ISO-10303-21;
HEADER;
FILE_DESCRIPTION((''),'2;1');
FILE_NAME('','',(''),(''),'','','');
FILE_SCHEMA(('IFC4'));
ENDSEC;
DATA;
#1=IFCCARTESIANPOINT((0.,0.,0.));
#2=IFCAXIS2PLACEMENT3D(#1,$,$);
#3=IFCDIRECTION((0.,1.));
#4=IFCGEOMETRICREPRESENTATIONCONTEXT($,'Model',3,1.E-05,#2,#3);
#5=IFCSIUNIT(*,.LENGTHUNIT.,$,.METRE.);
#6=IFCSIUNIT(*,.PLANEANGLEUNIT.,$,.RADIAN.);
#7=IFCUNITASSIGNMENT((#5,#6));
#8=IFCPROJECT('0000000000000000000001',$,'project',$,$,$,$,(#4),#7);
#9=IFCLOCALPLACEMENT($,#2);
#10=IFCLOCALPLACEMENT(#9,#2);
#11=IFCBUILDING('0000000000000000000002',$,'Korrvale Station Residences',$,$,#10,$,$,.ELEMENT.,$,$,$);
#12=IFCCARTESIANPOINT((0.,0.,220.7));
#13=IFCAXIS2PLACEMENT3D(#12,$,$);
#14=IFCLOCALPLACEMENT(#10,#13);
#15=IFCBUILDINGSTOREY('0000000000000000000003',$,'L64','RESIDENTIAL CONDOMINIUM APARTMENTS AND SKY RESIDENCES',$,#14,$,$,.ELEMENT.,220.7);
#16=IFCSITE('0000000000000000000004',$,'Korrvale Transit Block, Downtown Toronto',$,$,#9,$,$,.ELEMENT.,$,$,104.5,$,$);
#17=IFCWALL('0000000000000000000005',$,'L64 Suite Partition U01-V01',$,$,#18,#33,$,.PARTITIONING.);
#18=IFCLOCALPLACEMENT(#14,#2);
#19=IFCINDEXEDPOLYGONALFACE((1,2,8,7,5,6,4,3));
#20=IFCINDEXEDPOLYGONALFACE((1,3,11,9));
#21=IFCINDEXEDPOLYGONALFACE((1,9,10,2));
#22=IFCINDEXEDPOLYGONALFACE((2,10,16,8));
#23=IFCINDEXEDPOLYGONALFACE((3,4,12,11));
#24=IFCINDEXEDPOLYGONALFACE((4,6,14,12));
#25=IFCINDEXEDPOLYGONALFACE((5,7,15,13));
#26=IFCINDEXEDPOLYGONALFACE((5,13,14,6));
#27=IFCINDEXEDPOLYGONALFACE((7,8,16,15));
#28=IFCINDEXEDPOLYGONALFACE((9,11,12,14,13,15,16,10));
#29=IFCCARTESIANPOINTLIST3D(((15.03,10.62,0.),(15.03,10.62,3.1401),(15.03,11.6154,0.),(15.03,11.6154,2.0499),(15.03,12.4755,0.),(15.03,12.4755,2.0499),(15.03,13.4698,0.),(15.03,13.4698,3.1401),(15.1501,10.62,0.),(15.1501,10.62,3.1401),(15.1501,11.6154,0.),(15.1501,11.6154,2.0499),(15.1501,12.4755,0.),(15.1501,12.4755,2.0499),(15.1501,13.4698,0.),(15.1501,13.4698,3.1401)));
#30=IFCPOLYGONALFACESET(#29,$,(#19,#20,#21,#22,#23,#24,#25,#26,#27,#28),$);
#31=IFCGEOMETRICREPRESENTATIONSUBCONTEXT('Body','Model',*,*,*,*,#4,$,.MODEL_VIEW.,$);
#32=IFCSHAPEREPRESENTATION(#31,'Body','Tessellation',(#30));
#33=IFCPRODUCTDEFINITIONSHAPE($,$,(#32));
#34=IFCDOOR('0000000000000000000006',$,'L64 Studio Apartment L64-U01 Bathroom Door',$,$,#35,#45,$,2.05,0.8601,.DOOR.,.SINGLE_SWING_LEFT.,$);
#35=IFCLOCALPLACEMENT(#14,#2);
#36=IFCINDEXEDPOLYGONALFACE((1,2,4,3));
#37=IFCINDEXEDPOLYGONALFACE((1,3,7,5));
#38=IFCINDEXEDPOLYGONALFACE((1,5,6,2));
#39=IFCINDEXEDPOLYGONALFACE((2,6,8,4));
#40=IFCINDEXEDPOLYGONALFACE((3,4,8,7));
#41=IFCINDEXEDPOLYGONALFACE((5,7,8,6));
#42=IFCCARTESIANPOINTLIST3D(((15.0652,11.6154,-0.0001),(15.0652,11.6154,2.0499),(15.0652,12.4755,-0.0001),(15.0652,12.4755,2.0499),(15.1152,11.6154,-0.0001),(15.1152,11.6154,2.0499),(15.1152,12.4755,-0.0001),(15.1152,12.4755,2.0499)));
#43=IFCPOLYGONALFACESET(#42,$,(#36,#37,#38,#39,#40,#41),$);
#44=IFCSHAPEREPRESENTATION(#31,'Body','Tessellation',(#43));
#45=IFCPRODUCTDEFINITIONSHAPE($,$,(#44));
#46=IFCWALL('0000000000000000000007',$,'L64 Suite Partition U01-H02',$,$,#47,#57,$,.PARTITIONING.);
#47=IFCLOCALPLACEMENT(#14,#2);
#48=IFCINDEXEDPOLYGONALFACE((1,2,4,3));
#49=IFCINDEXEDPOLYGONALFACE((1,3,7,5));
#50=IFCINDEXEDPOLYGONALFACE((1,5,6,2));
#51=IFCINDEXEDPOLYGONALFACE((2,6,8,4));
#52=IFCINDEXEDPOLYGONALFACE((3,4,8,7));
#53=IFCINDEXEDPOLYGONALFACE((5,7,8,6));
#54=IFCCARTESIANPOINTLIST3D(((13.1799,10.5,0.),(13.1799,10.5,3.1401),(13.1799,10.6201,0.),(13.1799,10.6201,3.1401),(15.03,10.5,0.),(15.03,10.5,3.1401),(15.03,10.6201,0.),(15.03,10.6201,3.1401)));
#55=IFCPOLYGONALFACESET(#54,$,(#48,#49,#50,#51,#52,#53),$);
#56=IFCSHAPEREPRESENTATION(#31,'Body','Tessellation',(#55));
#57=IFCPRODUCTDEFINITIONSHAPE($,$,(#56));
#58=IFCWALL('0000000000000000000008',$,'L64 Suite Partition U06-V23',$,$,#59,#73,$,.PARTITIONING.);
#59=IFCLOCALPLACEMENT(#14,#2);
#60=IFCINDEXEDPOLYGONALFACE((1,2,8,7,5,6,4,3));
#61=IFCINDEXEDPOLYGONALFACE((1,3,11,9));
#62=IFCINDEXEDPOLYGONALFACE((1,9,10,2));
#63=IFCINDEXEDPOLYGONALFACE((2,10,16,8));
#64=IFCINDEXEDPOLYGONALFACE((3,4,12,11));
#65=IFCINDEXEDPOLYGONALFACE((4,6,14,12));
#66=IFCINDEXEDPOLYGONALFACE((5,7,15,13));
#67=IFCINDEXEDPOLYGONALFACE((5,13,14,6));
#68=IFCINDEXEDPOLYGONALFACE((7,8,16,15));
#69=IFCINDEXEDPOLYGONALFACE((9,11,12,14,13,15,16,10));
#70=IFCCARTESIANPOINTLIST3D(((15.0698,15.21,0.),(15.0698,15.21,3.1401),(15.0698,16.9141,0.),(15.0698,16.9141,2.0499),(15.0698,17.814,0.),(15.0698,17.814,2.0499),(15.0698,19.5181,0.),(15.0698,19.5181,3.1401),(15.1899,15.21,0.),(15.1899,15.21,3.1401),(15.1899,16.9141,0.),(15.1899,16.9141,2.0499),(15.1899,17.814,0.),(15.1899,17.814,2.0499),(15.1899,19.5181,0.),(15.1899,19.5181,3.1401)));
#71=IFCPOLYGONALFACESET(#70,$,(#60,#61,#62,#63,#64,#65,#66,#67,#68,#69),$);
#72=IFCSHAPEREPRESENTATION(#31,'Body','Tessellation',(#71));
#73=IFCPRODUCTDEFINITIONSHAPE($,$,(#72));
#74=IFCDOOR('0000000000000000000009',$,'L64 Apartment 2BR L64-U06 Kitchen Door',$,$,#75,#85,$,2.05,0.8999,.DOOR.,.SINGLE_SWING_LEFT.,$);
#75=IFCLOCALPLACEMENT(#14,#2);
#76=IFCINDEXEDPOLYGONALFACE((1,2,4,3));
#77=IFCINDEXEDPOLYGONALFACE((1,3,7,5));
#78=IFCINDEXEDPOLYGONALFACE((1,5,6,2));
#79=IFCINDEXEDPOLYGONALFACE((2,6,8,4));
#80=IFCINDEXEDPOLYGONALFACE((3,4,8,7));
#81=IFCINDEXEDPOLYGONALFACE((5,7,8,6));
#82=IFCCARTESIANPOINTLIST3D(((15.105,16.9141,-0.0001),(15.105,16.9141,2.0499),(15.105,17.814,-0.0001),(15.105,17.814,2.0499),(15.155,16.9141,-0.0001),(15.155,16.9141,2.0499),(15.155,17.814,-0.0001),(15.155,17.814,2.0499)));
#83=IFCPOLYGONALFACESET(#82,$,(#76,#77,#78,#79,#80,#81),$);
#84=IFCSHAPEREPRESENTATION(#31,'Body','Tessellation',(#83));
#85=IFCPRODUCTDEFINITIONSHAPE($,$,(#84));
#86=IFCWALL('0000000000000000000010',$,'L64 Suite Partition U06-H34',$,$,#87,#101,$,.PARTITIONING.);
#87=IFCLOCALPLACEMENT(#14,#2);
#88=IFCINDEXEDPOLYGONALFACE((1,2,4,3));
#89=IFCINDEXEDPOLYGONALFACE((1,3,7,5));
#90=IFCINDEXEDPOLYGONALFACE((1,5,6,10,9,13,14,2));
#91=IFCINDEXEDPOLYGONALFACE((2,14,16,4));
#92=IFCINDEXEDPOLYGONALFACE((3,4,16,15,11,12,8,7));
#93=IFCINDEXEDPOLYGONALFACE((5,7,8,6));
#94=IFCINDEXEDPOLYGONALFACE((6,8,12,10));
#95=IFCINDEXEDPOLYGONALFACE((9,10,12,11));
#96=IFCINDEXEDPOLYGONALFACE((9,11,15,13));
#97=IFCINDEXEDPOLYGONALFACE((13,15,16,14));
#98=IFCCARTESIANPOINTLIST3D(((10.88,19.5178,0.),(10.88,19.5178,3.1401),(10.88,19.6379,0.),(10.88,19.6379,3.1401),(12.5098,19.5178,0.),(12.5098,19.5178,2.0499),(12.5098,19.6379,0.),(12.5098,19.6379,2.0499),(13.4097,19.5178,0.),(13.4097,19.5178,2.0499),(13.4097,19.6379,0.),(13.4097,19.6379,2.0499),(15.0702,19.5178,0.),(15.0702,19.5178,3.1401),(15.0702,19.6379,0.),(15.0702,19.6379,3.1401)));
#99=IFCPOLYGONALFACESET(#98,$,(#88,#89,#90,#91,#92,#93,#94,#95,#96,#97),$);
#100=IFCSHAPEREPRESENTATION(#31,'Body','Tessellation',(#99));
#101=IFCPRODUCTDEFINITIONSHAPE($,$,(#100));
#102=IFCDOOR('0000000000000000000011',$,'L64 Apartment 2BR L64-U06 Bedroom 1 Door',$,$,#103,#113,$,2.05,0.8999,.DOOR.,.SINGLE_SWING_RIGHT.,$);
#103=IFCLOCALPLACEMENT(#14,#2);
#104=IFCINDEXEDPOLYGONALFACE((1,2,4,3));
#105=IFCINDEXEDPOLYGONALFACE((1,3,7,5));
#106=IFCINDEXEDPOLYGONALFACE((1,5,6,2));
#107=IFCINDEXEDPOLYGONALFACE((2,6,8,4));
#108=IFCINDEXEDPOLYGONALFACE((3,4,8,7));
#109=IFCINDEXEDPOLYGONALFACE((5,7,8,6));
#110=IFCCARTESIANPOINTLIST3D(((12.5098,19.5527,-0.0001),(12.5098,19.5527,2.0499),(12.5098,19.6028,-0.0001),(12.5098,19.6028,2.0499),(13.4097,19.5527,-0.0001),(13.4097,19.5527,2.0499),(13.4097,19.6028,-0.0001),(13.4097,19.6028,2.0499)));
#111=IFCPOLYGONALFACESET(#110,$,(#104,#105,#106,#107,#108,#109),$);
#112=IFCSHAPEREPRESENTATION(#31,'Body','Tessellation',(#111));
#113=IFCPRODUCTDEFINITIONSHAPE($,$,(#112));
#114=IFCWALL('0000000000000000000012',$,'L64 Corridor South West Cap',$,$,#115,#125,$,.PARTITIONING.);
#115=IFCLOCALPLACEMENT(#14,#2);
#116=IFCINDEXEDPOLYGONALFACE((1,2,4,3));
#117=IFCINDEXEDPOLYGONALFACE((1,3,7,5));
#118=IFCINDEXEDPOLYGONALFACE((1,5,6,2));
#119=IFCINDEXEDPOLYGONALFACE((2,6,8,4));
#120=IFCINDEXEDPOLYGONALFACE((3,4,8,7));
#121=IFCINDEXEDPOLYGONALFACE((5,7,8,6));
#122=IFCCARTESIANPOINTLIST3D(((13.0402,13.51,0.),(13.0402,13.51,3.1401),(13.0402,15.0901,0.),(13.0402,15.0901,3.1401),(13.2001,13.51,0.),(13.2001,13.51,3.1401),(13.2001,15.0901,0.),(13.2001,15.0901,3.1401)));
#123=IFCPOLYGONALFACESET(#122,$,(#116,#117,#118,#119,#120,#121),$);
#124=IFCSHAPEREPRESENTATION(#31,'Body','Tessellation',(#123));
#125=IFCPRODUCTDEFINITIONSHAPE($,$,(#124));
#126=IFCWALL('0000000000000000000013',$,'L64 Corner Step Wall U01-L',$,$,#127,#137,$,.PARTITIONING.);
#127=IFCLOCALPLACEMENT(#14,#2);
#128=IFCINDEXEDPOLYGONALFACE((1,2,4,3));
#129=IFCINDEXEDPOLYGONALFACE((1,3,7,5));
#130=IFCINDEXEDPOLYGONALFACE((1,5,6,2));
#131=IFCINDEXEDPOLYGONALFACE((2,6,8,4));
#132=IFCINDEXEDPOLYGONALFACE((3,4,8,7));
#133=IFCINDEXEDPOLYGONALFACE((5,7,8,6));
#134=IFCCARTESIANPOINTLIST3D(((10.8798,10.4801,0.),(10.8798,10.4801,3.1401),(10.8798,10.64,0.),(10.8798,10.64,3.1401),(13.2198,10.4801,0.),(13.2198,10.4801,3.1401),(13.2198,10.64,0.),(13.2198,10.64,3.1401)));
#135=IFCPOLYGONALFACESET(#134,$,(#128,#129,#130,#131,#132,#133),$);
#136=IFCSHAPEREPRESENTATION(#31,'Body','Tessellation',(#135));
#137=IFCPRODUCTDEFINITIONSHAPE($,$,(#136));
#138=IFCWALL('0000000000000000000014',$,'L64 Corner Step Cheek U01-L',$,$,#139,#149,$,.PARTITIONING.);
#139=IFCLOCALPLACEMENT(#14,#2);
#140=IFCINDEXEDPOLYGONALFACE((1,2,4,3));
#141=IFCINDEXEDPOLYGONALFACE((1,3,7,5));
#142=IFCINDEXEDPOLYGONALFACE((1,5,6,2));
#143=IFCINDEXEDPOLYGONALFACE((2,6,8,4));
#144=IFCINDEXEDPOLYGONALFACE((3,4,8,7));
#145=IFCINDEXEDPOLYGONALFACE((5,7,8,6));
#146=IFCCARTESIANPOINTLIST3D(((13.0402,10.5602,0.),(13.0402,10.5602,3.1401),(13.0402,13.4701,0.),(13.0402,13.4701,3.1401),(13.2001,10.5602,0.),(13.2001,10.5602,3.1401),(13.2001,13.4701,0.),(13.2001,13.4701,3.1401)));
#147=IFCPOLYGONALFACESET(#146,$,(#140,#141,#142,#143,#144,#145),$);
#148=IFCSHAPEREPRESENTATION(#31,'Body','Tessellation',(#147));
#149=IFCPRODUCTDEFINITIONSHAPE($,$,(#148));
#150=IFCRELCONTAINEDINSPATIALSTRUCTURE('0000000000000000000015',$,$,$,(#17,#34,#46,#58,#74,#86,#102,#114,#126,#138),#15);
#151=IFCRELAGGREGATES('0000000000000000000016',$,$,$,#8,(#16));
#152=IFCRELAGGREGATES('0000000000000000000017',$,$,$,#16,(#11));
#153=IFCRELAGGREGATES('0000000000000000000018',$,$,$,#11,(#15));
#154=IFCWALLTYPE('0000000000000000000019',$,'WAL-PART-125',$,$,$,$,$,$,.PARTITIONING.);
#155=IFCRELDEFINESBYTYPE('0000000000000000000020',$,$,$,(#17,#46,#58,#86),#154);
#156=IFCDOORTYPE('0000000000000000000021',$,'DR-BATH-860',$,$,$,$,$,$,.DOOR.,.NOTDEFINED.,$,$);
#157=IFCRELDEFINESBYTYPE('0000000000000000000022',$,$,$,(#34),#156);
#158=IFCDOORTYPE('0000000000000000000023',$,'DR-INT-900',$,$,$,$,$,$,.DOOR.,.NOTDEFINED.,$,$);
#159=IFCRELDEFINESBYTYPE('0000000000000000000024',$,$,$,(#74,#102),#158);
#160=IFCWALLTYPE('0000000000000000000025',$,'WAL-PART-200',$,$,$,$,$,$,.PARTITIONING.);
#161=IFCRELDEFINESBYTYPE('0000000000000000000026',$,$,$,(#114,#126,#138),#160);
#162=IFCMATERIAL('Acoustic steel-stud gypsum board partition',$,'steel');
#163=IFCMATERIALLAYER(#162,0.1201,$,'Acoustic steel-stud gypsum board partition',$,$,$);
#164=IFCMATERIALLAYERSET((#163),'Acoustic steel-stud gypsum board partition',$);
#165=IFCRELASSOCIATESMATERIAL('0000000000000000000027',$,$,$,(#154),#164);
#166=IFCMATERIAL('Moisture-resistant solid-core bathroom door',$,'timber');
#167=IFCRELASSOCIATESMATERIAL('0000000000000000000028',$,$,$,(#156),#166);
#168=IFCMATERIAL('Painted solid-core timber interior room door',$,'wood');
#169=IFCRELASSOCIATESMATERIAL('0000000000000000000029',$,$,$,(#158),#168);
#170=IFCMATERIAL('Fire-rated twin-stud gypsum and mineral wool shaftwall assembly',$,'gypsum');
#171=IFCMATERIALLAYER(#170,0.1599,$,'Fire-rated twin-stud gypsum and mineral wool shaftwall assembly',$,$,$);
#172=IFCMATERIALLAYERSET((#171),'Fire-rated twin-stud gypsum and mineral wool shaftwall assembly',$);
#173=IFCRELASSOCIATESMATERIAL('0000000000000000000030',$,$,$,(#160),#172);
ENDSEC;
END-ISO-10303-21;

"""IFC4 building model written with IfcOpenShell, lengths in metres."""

from ifc_helpers import new_model, si_unit, direction, frame, frame_2d, origin, place, context, subcontext, project, spatial, rectangle, extrude, material, layer, layer_set, type_object, element, fill, save


model = new_model("IFC4")

# Units and contexts
model_context = context("Model", 3, precision=1e-05, world=origin(), true_north=direction((0.0, 1.0)))
body_context = subcontext(model_context, "Body", "Model", "MODEL_VIEW")
ifc_project = project(units=[si_unit("LENGTHUNIT", "METRE"), si_unit("PLANEANGLEUNIT", "RADIAN")], contexts=[model_context])

# Site, building, storey
site_placement = place(None, origin())
site = spatial("IfcSite", under=ifc_project, at=site_placement, Name="Korrvale Transit Block, Downtown Toronto", CompositionType="ELEMENT", RefElevation=104.5)
building_placement = place(site_placement, origin())
building = spatial("IfcBuilding", under=site, at=building_placement, Name="Korrvale Station Residences", CompositionType="ELEMENT")
storey_placement = place(building_placement, frame((0.0, 0.0, 220.7)))
storey = spatial("IfcBuildingStorey", under=building, at=storey_placement, Name="L64", Description="RESIDENTIAL CONDOMINIUM APARTMENTS AND SKY RESIDENCES", CompositionType="ELEMENT", Elevation=220.7)

# Wall, opening, door
ifc_material_1 = material(Name="Acoustic steel-stud gypsum board partition", Category="steel")
ifc_layer_1 = layer(ifc_material_1, 0.1201, Name="Acoustic steel-stud gypsum board partition")
ifc_layer_set_1 = layer_set([ifc_layer_1], Name="Acoustic steel-stud gypsum board partition")
wall_type_1 = type_object("IfcWallType", Name="WAL-PART-125", PredefinedType="PARTITIONING", material=ifc_layer_set_1)
wall_1_placement = place(storey_placement, frame((15.0901, 10.6201, 0.0), z_axis=(0.0, 0.0, 1.0), x_axis=(0.0, 1.0, 0.0)))
wall_1 = element("IfcWall", 1, at=wall_1_placement, inside=storey, type_object=wall_type_1, Name="L64 Suite Partition U01-V01", PredefinedType="PARTITIONING", context=body_context, shape_type="SweptSolid", body=[
    extrude(rectangle(XDim=2.8499, YDim=0.1201, at=frame_2d((1.4248, 0.0))), origin(), (0.0, 0.0, 1.0), 3.1401),
])
opening_1_placement = place(wall_1_placement, frame((0.9951, 0.0, 0.0)))
opening_1 = element("IfcOpeningElement", 2, at=opening_1_placement, cuts=wall_1, PredefinedType="OPENING", context=body_context, shape_type="SweptSolid", body=[
    extrude(rectangle(XDim=0.8601, YDim=2.05, at=frame_2d((0.4302, 1.0249))), frame((0.0, 0.0701, 0.0), z_axis=(0.0, -1.0, 0.0), x_axis=(1.0, 0.0, 0.0)), (0.0, 0.0, 1.0), 0.1401),
])
ifc_material_2 = material(Name="Moisture-resistant solid-core bathroom door", Category="timber")
door_type_1 = type_object("IfcDoorType", Name="DR-BATH-860", OperationType="NOTDEFINED", PredefinedType="DOOR", material=ifc_material_2)
door_1_placement = place(opening_1_placement, origin())
door_1 = element("IfcDoor", 3, at=door_1_placement, inside=storey, type_object=door_type_1, Name="L64 Studio Apartment L64-U01 Bathroom Door", OperationType="SINGLE_SWING_LEFT", OverallHeight=2.05, OverallWidth=0.8601, PredefinedType="DOOR", context=body_context, shape_type="SweptSolid", body=[
    extrude(rectangle(XDim=0.8601, YDim=2.05, at=frame_2d((0.4302, 1.0249))), frame((0.0, 0.0249, 0.0), z_axis=(0.0, -1.0, 0.0), x_axis=(1.0, 0.0, 0.0)), (0.0, 0.0, 1.0), 0.05),
])
fill(opening_1, door_1)

# Wall
wall_2_placement = place(storey_placement, frame((13.1799, 10.5601, 0.0), z_axis=(0.0, 0.0, 1.0), x_axis=(1.0, 0.0, 0.0)))
element("IfcWall", 4, at=wall_2_placement, inside=storey, type_object=wall_type_1, Name="L64 Suite Partition U01-H02", PredefinedType="PARTITIONING", context=body_context, shape_type="SweptSolid", body=[
    extrude(rectangle(XDim=1.8501, YDim=0.1201, at=frame_2d((0.925, 0.0))), origin(), (0.0, 0.0, 1.0), 3.1401),
])

# Walls, openings, doors
wall_3_placement = place(storey_placement, frame((15.1299, 15.21, 0.0), z_axis=(0.0, 0.0, 1.0), x_axis=(0.0, 1.0, 0.0)))
wall_3 = element("IfcWall", 5, at=wall_3_placement, inside=storey, type_object=wall_type_1, Name="L64 Suite Partition U06-V23", PredefinedType="PARTITIONING", context=body_context, shape_type="SweptSolid", body=[
    extrude(rectangle(XDim=4.3081, YDim=0.1201, at=frame_2d((2.1541, 0.0))), origin(), (0.0, 0.0, 1.0), 3.1401),
])
opening_2_placement = place(wall_3_placement, frame((1.7041, 0.0, 0.0)))
opening_2 = element("IfcOpeningElement", 6, at=opening_2_placement, cuts=wall_3, PredefinedType="OPENING", context=body_context, shape_type="SweptSolid", body=[
    extrude(rectangle(XDim=0.8999, YDim=2.05, at=frame_2d((0.45, 1.0249))), frame((0.0, 0.0701, 0.0), z_axis=(0.0, -1.0, 0.0), x_axis=(1.0, 0.0, 0.0)), (0.0, 0.0, 1.0), 0.1401),
])
ifc_material_3 = material(Name="Painted solid-core timber interior room door", Category="wood")
door_type_2 = type_object("IfcDoorType", Name="DR-INT-900", OperationType="NOTDEFINED", PredefinedType="DOOR", material=ifc_material_3)
door_2_placement = place(opening_2_placement, origin())
door_2 = element("IfcDoor", 7, at=door_2_placement, inside=storey, type_object=door_type_2, Name="L64 Apartment 2BR L64-U06 Kitchen Door", OperationType="SINGLE_SWING_LEFT", OverallHeight=2.05, OverallWidth=0.8999, PredefinedType="DOOR", context=body_context, shape_type="SweptSolid", body=[
    extrude(rectangle(XDim=0.8999, YDim=2.05, at=frame_2d((0.45, 1.0249))), frame((0.0, 0.0249, 0.0), z_axis=(0.0, -1.0, 0.0), x_axis=(1.0, 0.0, 0.0)), (0.0, 0.0, 1.0), 0.05),
])
fill(opening_2, door_2)
wall_4_placement = place(storey_placement, frame((10.8799, 19.5779, 0.0), z_axis=(0.0, 0.0, 1.0), x_axis=(1.0, 0.0, 0.0)))
wall_4 = element("IfcWall", 8, at=wall_4_placement, inside=storey, type_object=wall_type_1, Name="L64 Suite Partition U06-H34", PredefinedType="PARTITIONING", context=body_context, shape_type="SweptSolid", body=[
    extrude(rectangle(XDim=4.1902, YDim=0.1201, at=frame_2d((2.0952, 0.0))), origin(), (0.0, 0.0, 1.0), 3.1401),
])
opening_3_placement = place(wall_4_placement, frame((1.6299, 0.0, 0.0)))
opening_3 = element("IfcOpeningElement", 9, at=opening_3_placement, cuts=wall_4, PredefinedType="OPENING", context=body_context, shape_type="SweptSolid", body=[
    extrude(rectangle(XDim=0.8999, YDim=2.05, at=frame_2d((0.45, 1.0249))), frame((0.0, 0.0701, 0.0), z_axis=(0.0, -1.0, 0.0), x_axis=(1.0, 0.0, 0.0)), (0.0, 0.0, 1.0), 0.1401),
])
door_3_placement = place(opening_3_placement, origin())
door_3 = element("IfcDoor", 10, at=door_3_placement, inside=storey, type_object=door_type_2, Name="L64 Apartment 2BR L64-U06 Bedroom 1 Door", OperationType="SINGLE_SWING_RIGHT", OverallHeight=2.05, OverallWidth=0.8999, PredefinedType="DOOR", context=body_context, shape_type="SweptSolid", body=[
    extrude(rectangle(XDim=0.8999, YDim=2.05, at=frame_2d((0.45, 1.0249))), frame((0.0, 0.0249, 0.0), z_axis=(0.0, -1.0, 0.0), x_axis=(1.0, 0.0, 0.0)), (0.0, 0.0, 1.0), 0.05),
])
fill(opening_3, door_3)

# Walls
ifc_material_4 = material(Name="Fire-rated twin-stud gypsum and mineral wool shaftwall assembly", Category="gypsum")
ifc_layer_2 = layer(ifc_material_4, 0.1599, Name="Fire-rated twin-stud gypsum and mineral wool shaftwall assembly")
ifc_layer_set_2 = layer_set([ifc_layer_2], Name="Fire-rated twin-stud gypsum and mineral wool shaftwall assembly")
wall_type_2 = type_object("IfcWallType", Name="WAL-PART-200", PredefinedType="PARTITIONING", material=ifc_layer_set_2)
wall_5_placement = place(storey_placement, frame((13.1201, 13.51, 0.0), z_axis=(0.0, 0.0, 1.0), x_axis=(0.0, 1.0, 0.0)))
element("IfcWall", 11, at=wall_5_placement, inside=storey, type_object=wall_type_2, Name="L64 Corridor South West Cap", PredefinedType="PARTITIONING", context=body_context, shape_type="SweptSolid", body=[
    extrude(rectangle(XDim=1.5801, YDim=0.1599, at=frame_2d((0.79, 0.0))), origin(), (0.0, 0.0, 1.0), 3.1401),
])
wall_6_placement = place(storey_placement, frame((10.8799, 10.5601, 0.0), z_axis=(0.0, 0.0, 1.0), x_axis=(1.0, 0.0, 0.0)))
element("IfcWall", 12, at=wall_6_placement, inside=storey, type_object=wall_type_2, Name="L64 Corner Step Wall U01-L", PredefinedType="PARTITIONING", context=body_context, shape_type="SweptSolid", body=[
    extrude(rectangle(XDim=2.3401, YDim=0.1599, at=frame_2d((1.1699, 0.0))), origin(), (0.0, 0.0, 1.0), 3.1401),
])
wall_7_placement = place(storey_placement, frame((13.1201, 10.5601, 0.0), z_axis=(0.0, 0.0, 1.0), x_axis=(0.0, 1.0, 0.0)))
element("IfcWall", 13, at=wall_7_placement, inside=storey, type_object=wall_type_2, Name="L64 Corner Step Cheek U01-L", PredefinedType="PARTITIONING", context=body_context, shape_type="SweptSolid", body=[
    extrude(rectangle(XDim=2.9099, YDim=0.1599, at=frame_2d((1.4551, 0.0))), origin(), (0.0, 0.0, 1.0), 3.1401),
])

save(model, "model.ifc")
